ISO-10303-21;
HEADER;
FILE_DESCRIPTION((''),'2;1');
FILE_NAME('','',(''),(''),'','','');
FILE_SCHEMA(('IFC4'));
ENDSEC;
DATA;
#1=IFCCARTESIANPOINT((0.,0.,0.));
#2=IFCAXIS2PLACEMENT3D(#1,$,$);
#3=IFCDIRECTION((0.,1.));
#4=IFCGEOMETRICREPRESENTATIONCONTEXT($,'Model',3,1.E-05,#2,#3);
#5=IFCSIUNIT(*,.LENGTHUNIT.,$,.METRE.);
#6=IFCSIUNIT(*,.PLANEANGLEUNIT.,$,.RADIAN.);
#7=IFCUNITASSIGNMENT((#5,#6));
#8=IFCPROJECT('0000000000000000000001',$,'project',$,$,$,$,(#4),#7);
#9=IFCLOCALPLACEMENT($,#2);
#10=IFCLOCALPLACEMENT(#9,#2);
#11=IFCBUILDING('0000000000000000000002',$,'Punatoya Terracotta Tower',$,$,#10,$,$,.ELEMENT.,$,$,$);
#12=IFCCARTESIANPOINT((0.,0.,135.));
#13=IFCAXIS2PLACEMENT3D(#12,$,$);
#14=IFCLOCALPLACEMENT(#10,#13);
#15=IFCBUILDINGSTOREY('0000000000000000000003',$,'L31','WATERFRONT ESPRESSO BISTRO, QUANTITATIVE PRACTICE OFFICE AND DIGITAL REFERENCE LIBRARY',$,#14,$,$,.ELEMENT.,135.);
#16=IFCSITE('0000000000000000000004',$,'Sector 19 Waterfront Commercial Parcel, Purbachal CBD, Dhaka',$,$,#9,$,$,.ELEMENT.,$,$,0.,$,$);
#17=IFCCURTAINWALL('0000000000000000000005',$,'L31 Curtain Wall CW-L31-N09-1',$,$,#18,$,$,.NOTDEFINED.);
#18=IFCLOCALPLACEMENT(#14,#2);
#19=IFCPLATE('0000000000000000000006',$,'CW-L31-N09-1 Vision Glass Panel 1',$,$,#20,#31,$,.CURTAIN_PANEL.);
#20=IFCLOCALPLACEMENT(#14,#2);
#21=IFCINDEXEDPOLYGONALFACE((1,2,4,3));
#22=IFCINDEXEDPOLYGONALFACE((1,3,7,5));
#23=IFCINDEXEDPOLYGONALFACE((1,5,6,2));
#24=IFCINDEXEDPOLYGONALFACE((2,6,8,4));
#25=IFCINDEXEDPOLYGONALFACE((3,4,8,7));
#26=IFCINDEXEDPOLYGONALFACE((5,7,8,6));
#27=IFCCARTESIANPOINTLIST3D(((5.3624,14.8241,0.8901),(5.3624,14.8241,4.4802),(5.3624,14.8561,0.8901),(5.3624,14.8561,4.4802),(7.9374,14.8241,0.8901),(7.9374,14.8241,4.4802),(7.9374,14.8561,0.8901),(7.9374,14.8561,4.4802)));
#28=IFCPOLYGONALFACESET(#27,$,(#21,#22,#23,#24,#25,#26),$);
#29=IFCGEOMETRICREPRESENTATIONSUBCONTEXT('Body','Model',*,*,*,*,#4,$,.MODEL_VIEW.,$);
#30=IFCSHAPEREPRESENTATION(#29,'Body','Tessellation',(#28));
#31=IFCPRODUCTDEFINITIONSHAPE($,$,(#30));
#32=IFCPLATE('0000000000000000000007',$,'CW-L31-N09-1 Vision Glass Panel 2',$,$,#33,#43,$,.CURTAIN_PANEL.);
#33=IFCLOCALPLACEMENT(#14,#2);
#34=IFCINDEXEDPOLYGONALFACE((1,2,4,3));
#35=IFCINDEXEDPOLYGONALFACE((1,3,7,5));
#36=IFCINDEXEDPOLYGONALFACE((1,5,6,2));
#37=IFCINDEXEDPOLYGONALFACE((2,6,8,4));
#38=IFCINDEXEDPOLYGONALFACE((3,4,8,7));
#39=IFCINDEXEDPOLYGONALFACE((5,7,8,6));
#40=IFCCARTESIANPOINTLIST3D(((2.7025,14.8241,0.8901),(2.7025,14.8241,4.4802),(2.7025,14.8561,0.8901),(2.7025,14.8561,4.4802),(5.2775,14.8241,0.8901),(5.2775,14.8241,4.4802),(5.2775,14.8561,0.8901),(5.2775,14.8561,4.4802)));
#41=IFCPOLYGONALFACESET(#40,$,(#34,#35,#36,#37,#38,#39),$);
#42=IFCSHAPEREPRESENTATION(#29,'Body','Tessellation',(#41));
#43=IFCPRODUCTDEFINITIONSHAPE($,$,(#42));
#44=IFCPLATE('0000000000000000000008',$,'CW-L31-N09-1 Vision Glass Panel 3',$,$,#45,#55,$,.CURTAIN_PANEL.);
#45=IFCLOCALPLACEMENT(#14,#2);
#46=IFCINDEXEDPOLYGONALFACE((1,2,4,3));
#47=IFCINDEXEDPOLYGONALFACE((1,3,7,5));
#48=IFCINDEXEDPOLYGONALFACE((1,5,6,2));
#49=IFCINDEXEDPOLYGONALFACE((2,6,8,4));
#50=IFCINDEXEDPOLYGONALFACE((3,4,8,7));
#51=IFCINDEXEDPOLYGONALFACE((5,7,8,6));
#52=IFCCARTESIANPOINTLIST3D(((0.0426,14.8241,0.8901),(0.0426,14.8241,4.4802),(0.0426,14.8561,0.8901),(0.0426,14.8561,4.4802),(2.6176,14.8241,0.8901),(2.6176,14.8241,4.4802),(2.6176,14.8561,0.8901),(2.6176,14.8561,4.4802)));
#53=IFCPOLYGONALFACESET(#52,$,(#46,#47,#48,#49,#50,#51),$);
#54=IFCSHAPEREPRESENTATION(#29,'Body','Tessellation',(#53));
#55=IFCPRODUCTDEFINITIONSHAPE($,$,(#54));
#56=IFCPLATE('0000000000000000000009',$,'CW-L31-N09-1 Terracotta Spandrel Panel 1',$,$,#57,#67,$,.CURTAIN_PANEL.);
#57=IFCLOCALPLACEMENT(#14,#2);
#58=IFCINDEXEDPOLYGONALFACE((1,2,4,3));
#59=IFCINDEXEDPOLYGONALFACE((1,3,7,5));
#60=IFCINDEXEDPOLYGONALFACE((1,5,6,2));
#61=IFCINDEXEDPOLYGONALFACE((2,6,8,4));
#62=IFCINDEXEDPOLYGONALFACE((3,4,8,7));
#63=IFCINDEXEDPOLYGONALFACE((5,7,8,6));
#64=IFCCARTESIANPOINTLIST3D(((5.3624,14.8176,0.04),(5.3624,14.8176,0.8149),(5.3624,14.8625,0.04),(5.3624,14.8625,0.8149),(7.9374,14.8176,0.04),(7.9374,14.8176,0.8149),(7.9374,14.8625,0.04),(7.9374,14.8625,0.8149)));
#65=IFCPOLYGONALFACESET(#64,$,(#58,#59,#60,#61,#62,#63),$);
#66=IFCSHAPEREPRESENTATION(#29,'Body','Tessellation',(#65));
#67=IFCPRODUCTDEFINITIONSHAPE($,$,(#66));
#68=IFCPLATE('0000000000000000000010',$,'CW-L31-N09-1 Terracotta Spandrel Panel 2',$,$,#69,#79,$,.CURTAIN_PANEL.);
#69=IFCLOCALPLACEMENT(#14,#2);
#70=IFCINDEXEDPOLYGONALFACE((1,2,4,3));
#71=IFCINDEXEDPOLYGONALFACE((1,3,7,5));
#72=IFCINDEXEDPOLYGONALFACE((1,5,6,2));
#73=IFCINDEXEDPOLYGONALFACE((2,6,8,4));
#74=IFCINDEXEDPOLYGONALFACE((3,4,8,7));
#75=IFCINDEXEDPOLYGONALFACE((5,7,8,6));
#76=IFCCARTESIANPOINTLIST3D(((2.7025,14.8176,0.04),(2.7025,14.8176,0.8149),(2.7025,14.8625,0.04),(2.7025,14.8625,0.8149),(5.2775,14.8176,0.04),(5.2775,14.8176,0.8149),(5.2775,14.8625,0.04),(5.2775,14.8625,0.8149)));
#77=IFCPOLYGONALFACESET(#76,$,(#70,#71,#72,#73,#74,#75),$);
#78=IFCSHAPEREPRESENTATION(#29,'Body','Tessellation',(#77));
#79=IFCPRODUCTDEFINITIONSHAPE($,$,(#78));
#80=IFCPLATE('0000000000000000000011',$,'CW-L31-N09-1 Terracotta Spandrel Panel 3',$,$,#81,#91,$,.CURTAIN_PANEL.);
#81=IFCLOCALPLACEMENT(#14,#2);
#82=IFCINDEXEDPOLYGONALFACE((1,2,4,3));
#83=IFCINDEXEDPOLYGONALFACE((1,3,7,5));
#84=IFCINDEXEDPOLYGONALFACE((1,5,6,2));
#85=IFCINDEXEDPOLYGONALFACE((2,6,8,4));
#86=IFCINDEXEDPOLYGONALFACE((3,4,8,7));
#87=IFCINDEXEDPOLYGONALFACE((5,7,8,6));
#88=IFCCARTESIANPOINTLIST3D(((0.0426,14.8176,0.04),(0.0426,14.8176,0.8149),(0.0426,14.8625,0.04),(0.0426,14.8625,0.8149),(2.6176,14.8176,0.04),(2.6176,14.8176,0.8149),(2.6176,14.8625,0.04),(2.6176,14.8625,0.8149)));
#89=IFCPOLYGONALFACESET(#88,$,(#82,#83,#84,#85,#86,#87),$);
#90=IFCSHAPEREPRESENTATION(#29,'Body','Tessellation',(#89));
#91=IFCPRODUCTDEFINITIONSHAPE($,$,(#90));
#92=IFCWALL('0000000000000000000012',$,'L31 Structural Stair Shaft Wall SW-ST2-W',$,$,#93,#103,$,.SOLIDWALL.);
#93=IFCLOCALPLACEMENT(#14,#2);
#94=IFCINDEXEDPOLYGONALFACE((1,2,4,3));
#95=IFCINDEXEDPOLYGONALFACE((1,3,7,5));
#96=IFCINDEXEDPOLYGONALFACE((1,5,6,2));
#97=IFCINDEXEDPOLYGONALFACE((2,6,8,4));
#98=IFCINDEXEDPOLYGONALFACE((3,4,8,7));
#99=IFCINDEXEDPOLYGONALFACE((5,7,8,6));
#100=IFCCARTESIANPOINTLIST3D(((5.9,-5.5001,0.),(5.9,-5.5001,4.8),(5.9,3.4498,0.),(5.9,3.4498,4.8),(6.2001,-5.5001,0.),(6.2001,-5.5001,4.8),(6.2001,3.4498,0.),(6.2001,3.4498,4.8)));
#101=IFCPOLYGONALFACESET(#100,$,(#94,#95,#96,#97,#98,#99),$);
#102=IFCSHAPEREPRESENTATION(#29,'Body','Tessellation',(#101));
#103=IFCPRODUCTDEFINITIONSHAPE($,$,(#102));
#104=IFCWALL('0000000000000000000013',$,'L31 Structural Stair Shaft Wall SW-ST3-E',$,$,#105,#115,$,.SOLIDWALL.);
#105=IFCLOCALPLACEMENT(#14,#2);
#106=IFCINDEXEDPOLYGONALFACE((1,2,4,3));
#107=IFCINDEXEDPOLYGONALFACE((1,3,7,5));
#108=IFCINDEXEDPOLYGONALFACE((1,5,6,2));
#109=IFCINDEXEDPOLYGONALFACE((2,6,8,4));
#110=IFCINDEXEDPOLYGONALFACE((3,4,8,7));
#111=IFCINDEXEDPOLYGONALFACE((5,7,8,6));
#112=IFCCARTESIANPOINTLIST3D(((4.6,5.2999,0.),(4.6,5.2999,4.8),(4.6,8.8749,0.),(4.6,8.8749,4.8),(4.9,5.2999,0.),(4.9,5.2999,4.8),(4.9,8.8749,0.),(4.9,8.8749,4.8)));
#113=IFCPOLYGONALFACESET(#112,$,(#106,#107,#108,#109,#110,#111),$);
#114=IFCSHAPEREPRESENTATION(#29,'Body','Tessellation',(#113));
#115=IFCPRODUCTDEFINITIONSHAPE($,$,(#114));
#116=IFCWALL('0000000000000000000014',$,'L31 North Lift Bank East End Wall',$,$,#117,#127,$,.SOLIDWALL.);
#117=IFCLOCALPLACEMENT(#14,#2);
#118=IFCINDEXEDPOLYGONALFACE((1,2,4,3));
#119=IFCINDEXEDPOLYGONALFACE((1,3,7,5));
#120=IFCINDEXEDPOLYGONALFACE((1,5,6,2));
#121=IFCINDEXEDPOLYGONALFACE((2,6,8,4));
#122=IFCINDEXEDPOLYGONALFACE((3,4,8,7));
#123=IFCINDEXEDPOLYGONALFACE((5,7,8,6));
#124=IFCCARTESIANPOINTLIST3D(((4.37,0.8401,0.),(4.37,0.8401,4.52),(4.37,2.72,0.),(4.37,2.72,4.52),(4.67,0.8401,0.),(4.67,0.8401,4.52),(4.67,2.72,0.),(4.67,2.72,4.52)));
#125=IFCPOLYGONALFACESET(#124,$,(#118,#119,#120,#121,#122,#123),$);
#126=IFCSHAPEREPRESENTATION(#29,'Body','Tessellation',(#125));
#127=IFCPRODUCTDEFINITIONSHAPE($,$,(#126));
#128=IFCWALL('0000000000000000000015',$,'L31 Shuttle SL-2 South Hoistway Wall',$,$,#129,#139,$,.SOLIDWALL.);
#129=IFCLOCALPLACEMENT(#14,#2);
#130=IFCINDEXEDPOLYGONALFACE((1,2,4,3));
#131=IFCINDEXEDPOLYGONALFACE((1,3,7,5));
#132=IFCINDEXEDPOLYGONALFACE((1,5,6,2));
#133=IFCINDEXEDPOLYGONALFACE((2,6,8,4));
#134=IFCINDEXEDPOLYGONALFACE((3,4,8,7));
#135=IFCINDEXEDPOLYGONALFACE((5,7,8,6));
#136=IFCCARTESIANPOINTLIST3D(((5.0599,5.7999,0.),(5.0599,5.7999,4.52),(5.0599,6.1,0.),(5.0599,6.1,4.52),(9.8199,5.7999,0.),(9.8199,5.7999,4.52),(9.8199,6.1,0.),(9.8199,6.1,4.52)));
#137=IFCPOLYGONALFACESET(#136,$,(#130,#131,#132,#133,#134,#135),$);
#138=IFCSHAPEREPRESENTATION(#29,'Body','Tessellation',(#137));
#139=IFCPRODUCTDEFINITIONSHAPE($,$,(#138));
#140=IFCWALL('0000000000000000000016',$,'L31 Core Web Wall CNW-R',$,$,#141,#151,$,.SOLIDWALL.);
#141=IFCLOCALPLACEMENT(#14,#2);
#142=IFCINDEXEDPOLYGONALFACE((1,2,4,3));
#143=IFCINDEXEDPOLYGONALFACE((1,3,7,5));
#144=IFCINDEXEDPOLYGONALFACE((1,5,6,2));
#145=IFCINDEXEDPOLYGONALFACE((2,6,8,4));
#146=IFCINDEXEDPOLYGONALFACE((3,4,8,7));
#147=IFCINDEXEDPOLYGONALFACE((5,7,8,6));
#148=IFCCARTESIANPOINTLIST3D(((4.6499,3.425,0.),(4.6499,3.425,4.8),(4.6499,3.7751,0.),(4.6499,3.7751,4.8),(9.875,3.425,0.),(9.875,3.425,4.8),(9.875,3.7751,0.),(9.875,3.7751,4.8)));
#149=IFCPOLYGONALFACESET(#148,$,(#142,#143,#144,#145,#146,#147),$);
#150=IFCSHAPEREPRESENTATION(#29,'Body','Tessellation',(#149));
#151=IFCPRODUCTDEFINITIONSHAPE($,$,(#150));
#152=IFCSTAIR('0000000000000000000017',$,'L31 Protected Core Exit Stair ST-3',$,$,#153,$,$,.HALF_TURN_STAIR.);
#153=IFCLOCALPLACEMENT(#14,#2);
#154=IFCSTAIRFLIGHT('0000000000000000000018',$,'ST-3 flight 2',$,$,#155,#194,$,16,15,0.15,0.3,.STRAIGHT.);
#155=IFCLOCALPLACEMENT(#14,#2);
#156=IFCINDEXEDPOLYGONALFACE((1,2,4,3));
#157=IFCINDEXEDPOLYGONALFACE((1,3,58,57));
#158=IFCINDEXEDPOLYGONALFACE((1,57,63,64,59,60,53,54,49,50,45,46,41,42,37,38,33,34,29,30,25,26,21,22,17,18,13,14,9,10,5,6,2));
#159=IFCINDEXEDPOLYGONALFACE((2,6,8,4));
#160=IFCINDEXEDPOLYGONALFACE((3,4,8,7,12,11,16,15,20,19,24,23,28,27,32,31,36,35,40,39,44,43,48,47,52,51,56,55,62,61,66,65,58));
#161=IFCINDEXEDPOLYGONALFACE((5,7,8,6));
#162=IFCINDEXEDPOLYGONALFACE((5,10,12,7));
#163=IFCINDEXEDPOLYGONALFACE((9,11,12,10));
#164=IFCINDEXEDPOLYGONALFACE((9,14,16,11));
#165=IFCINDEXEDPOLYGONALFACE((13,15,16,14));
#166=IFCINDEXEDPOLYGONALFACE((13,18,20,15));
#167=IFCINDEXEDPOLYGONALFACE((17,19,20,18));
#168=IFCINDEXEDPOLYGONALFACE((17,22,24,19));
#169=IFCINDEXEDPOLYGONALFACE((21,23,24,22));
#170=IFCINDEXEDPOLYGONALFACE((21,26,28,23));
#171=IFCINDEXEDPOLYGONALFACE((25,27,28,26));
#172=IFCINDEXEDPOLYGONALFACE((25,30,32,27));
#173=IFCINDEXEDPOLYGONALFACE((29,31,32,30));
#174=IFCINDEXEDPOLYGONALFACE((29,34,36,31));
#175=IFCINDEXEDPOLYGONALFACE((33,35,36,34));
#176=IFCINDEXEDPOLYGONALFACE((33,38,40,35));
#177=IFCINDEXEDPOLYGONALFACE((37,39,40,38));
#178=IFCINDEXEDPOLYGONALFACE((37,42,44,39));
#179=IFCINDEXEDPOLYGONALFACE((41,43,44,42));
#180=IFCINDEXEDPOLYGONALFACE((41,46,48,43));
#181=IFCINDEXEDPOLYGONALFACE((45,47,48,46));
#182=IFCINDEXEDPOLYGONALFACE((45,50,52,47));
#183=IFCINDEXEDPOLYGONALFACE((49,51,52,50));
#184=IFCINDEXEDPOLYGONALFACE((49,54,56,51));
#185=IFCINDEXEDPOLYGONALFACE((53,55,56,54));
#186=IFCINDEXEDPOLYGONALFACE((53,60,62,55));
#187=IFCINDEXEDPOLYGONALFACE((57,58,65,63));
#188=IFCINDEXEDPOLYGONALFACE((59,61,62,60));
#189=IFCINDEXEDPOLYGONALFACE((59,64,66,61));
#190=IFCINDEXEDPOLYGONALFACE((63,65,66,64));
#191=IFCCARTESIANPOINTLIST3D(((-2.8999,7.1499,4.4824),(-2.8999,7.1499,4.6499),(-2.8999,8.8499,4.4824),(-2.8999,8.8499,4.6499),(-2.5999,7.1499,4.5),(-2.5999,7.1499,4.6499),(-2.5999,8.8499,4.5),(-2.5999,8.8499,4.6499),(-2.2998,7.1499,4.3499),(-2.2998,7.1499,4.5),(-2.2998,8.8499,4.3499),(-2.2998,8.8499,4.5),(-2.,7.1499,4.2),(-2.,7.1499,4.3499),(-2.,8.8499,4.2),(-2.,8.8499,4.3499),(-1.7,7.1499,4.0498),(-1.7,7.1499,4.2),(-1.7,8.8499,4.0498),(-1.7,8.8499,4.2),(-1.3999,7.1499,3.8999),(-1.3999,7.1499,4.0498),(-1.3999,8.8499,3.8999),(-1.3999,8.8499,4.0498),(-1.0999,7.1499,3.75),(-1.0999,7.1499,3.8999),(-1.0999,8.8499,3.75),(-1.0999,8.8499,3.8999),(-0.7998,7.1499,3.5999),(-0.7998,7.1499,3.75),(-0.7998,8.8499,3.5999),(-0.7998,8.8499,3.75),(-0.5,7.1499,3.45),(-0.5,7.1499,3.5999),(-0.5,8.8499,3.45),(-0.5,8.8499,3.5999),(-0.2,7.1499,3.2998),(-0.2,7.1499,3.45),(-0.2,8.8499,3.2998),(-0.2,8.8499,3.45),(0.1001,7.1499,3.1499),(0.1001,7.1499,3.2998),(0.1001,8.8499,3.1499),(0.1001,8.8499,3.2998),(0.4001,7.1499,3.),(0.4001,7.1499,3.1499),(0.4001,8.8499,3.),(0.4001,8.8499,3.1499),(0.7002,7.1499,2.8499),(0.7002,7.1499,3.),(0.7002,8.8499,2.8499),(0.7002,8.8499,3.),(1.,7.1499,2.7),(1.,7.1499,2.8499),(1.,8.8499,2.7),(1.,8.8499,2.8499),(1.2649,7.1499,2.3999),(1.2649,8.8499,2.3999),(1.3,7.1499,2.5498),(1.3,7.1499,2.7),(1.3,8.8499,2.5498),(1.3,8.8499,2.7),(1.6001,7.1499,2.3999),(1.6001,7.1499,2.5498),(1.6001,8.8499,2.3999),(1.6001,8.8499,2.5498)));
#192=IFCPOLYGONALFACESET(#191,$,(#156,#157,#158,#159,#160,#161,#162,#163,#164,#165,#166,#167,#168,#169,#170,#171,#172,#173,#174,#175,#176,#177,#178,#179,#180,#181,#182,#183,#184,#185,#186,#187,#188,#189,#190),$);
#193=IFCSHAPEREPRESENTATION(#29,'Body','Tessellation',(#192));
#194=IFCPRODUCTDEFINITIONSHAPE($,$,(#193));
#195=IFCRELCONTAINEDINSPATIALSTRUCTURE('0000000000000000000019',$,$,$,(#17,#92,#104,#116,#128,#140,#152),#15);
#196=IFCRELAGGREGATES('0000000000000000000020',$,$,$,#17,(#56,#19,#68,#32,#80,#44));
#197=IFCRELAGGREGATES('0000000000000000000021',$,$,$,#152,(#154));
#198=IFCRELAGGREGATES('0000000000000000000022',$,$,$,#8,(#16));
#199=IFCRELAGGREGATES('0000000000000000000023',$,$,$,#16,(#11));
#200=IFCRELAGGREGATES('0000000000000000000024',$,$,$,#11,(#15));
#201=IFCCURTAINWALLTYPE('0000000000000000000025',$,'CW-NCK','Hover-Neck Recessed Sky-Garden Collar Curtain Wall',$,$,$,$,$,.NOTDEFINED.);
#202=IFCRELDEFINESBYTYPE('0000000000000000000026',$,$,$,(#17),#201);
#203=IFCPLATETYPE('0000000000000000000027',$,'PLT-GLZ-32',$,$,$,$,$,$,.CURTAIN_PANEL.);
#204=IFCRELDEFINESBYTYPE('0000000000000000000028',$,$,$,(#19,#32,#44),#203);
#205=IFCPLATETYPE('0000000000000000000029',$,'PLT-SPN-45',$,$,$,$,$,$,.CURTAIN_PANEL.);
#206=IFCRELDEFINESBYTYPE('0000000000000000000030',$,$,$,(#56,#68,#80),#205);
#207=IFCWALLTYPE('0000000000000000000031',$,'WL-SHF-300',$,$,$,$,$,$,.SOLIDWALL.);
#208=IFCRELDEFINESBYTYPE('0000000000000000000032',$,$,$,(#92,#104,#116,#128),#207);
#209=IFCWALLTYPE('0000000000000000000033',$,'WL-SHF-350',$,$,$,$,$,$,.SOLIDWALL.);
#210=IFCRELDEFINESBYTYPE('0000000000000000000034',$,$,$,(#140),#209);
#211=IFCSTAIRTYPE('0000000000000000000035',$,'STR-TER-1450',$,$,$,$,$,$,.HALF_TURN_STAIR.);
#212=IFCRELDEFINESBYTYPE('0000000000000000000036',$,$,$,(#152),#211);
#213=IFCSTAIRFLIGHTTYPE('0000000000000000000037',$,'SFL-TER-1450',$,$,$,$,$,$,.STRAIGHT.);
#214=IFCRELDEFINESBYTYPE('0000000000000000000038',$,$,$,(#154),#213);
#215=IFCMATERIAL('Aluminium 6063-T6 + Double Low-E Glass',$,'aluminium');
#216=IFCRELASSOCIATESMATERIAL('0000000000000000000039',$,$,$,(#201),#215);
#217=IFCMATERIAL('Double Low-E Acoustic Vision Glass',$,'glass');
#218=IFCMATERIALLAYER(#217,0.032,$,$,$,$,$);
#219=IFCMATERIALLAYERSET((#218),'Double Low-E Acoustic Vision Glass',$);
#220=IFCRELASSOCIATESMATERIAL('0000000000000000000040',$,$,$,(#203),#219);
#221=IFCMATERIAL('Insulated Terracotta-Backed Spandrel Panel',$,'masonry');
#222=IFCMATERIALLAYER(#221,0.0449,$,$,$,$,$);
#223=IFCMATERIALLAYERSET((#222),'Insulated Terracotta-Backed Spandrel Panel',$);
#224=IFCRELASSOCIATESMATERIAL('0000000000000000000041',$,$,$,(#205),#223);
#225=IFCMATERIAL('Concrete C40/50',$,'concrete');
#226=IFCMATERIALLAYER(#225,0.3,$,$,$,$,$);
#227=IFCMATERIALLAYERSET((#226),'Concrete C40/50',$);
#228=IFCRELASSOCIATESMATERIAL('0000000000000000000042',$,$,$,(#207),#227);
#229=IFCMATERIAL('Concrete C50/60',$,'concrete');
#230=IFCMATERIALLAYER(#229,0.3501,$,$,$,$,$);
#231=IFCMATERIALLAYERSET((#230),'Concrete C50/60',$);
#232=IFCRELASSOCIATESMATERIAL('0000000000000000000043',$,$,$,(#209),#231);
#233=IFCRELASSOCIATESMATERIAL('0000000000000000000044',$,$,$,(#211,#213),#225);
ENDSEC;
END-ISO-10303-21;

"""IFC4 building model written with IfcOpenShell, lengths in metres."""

from ifc_helpers import new_model, si_unit, direction, frame, frame_2d, origin, origin_2d, place, context, subcontext, project, spatial, polyline, rectangle, outline, extrude, material, layer, layer_set, type_object, element, aggregate, save


model = new_model("IFC4")

# Units and contexts
model_context = context("Model", 3, precision=1e-05, world=origin(), true_north=direction((0.0, 1.0)))
body_context = subcontext(model_context, "Body", "Model", "MODEL_VIEW")
ifc_project = project(units=[si_unit("LENGTHUNIT", "METRE"), si_unit("PLANEANGLEUNIT", "RADIAN")], contexts=[model_context])

# Site, building, storey
site_placement = place(None, origin())
site = spatial("IfcSite", under=ifc_project, at=site_placement, Name="Sector 19 Waterfront Commercial Parcel, Purbachal CBD, Dhaka", CompositionType="ELEMENT", RefElevation=0.0)
building_placement = place(site_placement, origin())
building = spatial("IfcBuilding", under=site, at=building_placement, Name="Punatoya Terracotta Tower", CompositionType="ELEMENT")
storey_placement = place(building_placement, frame((0.0, 0.0, 135.0)))
storey = spatial("IfcBuildingStorey", under=building, at=storey_placement, Name="L31", Description="WATERFRONT ESPRESSO BISTRO, QUANTITATIVE PRACTICE OFFICE AND DIGITAL REFERENCE LIBRARY", CompositionType="ELEMENT", Elevation=135.0)

# Curtain wall, plates
ifc_material_1 = material(Name="Aluminium 6063-T6 + Double Low-E Glass", Category="aluminium")
curtain_wall_type = type_object("IfcCurtainWallType", Name="CW-NCK", Description="Hover-Neck Recessed Sky-Garden Collar Curtain Wall", PredefinedType="NOTDEFINED", material=ifc_material_1)
curtain_wall_placement = place(storey_placement, origin())
curtain_wall = element("IfcCurtainWall", 1, at=curtain_wall_placement, inside=storey, type_object=curtain_wall_type, Name="L31 Curtain Wall CW-L31-N09-1", PredefinedType="NOTDEFINED")
ifc_material_2 = material(Name="Double Low-E Acoustic Vision Glass", Category="glass")
ifc_layer_1 = layer(ifc_material_2, 0.032)
ifc_layer_set_1 = layer_set([ifc_layer_1], Name="Double Low-E Acoustic Vision Glass")
plate_type_1 = type_object("IfcPlateType", Name="PLT-GLZ-32", PredefinedType="CURTAIN_PANEL", material=ifc_layer_set_1)
plate_1_placement = place(storey_placement, frame((6.6499, 14.8401, 0.8901), z_axis=(0.0, 0.0, 1.0), x_axis=(-1.0, 0.0, 0.0)))
plate_1 = element("IfcPlate", 2, at=plate_1_placement, type_object=plate_type_1, Name="CW-L31-N09-1 Vision Glass Panel 1", PredefinedType="CURTAIN_PANEL", context=body_context, shape_type="SweptSolid", body=[
    extrude(rectangle(XDim=2.575, YDim=0.032, at=origin_2d()), origin(), (0.0, 0.0, 1.0), 3.5901),
])
plate_2_placement = place(storey_placement, frame((3.99, 14.8401, 0.8901), z_axis=(0.0, 0.0, 1.0), x_axis=(-1.0, 0.0, 0.0)))
plate_2 = element("IfcPlate", 3, at=plate_2_placement, type_object=plate_type_1, Name="CW-L31-N09-1 Vision Glass Panel 2", PredefinedType="CURTAIN_PANEL", context=body_context, shape_type="SweptSolid", body=[
    extrude(rectangle(XDim=2.575, YDim=0.032, at=origin_2d()), origin(), (0.0, 0.0, 1.0), 3.5901),
])
plate_3_placement = place(storey_placement, frame((1.3301, 14.8401, 0.8901), z_axis=(0.0, 0.0, 1.0), x_axis=(-1.0, 0.0, 0.0)))
plate_3 = element("IfcPlate", 4, at=plate_3_placement, type_object=plate_type_1, Name="CW-L31-N09-1 Vision Glass Panel 3", PredefinedType="CURTAIN_PANEL", context=body_context, shape_type="SweptSolid", body=[
    extrude(rectangle(XDim=2.575, YDim=0.032, at=origin_2d()), origin(), (0.0, 0.0, 1.0), 3.5901),
])
ifc_material_3 = material(Name="Insulated Terracotta-Backed Spandrel Panel", Category="masonry")
ifc_layer_2 = layer(ifc_material_3, 0.0449)
ifc_layer_set_2 = layer_set([ifc_layer_2], Name="Insulated Terracotta-Backed Spandrel Panel")
plate_type_2 = type_object("IfcPlateType", Name="PLT-SPN-45", PredefinedType="CURTAIN_PANEL", material=ifc_layer_set_2)
plate_4_placement = place(storey_placement, frame((6.6499, 14.8401, 0.04), z_axis=(0.0, 0.0, 1.0), x_axis=(-1.0, 0.0, 0.0)))
plate_4 = element("IfcPlate", 5, at=plate_4_placement, type_object=plate_type_2, Name="CW-L31-N09-1 Terracotta Spandrel Panel 1", PredefinedType="CURTAIN_PANEL", context=body_context, shape_type="SweptSolid", body=[
    extrude(rectangle(XDim=2.575, YDim=0.0449, at=origin_2d()), origin(), (0.0, 0.0, 1.0), 0.7749),
])
plate_5_placement = place(storey_placement, frame((3.99, 14.8401, 0.04), z_axis=(0.0, 0.0, 1.0), x_axis=(-1.0, 0.0, 0.0)))
plate_5 = element("IfcPlate", 6, at=plate_5_placement, type_object=plate_type_2, Name="CW-L31-N09-1 Terracotta Spandrel Panel 2", PredefinedType="CURTAIN_PANEL", context=body_context, shape_type="SweptSolid", body=[
    extrude(rectangle(XDim=2.575, YDim=0.0449, at=origin_2d()), origin(), (0.0, 0.0, 1.0), 0.7749),
])
plate_6_placement = place(storey_placement, frame((1.3301, 14.8401, 0.04), z_axis=(0.0, 0.0, 1.0), x_axis=(-1.0, 0.0, 0.0)))
plate_6 = element("IfcPlate", 7, at=plate_6_placement, type_object=plate_type_2, Name="CW-L31-N09-1 Terracotta Spandrel Panel 3", PredefinedType="CURTAIN_PANEL", context=body_context, shape_type="SweptSolid", body=[
    extrude(rectangle(XDim=2.575, YDim=0.0449, at=origin_2d()), origin(), (0.0, 0.0, 1.0), 0.7749),
])
aggregate(curtain_wall, [plate_4, plate_1, plate_5, plate_2, plate_6, plate_3])

# Walls
ifc_material_4 = material(Name="Concrete C40/50", Category="concrete")
ifc_layer_3 = layer(ifc_material_4, 0.3)
ifc_layer_set_3 = layer_set([ifc_layer_3], Name="Concrete C40/50")
wall_type_1 = type_object("IfcWallType", Name="WL-SHF-300", PredefinedType="SOLIDWALL", material=ifc_layer_set_3)
wall_1_placement = place(storey_placement, frame((6.05, 3.45, 0.0), z_axis=(0.0, 0.0, 1.0), x_axis=(0.0, -1.0, 0.0)))
element("IfcWall", 8, at=wall_1_placement, inside=storey, type_object=wall_type_1, Name="L31 Structural Stair Shaft Wall SW-ST2-W", PredefinedType="SOLIDWALL", context=body_context, shape_type="SweptSolid", body=[
    extrude(rectangle(XDim=8.95, YDim=0.3, at=frame_2d((4.4751, 0.0))), origin(), (0.0, 0.0, 1.0), 4.8),
])
wall_2_placement = place(storey_placement, frame((4.75, 8.875, 0.0), z_axis=(0.0, 0.0, 1.0), x_axis=(0.0, -1.0, 0.0)))
element("IfcWall", 9, at=wall_2_placement, inside=storey, type_object=wall_type_1, Name="L31 Structural Stair Shaft Wall SW-ST3-E", PredefinedType="SOLIDWALL", context=body_context, shape_type="SweptSolid", body=[
    extrude(rectangle(XDim=3.575, YDim=0.3, at=frame_2d((1.7876, 0.0))), origin(), (0.0, 0.0, 1.0), 4.8),
])
wall_3_placement = place(storey_placement, frame((4.52, 0.8401, 0.0), z_axis=(0.0, 0.0, 1.0), x_axis=(0.0, 1.0, 0.0)))
element("IfcWall", 10, at=wall_3_placement, inside=storey, type_object=wall_type_1, Name="L31 North Lift Bank East End Wall", PredefinedType="SOLIDWALL", context=body_context, shape_type="SweptSolid", body=[
    extrude(rectangle(XDim=1.8799, YDim=0.3, at=frame_2d((0.9399, 0.0))), origin(), (0.0, 0.0, 1.0), 4.52),
])
wall_4_placement = place(storey_placement, frame((5.0601, 5.95, 0.0), z_axis=(0.0, 0.0, 1.0), x_axis=(1.0, 0.0, 0.0)))
element("IfcWall", 11, at=wall_4_placement, inside=storey, type_object=wall_type_1, Name="L31 Shuttle SL-2 South Hoistway Wall", PredefinedType="SOLIDWALL", context=body_context, shape_type="SweptSolid", body=[
    extrude(rectangle(XDim=4.76, YDim=0.3, at=frame_2d((2.3799, 0.0))), origin(), (0.0, 0.0, 1.0), 4.52),
])
ifc_material_5 = material(Name="Concrete C50/60", Category="concrete")
ifc_layer_4 = layer(ifc_material_5, 0.3501)
ifc_layer_set_4 = layer_set([ifc_layer_4], Name="Concrete C50/60")
wall_type_2 = type_object("IfcWallType", Name="WL-SHF-350", PredefinedType="SOLIDWALL", material=ifc_layer_set_4)
wall_5_placement = place(storey_placement, frame((4.6499, 3.6001, 0.0), z_axis=(0.0, 0.0, 1.0), x_axis=(1.0, 0.0, 0.0)))
element("IfcWall", 12, at=wall_5_placement, inside=storey, type_object=wall_type_2, Name="L31 Core Web Wall CNW-R", PredefinedType="SOLIDWALL", context=body_context, shape_type="SweptSolid", body=[
    extrude(rectangle(XDim=5.2251, YDim=0.3501, at=frame_2d((2.6125, 0.0))), origin(), (0.0, 0.0, 1.0), 4.8),
])

# Stair, stair flight
stair_type = type_object("IfcStairType", Name="STR-TER-1450", PredefinedType="HALF_TURN_STAIR", material=ifc_material_4)
stair_placement = place(storey_placement, origin())
stair = element("IfcStair", 13, at=stair_placement, inside=storey, type_object=stair_type, Name="L31 Protected Core Exit Stair ST-3", PredefinedType="HALF_TURN_STAIR")
stair_flight_type = type_object("IfcStairFlightType", Name="SFL-TER-1450", PredefinedType="STRAIGHT", material=ifc_material_4)
stair_flight_placement = place(storey_placement, frame((1.6001, 8.0, 2.3999), z_axis=(0.0, 0.0, 1.0), x_axis=(-1.0, 0.0, 0.0)))
stair_flight = element("IfcStairFlight", 14, at=stair_flight_placement, type_object=stair_flight_type, Name="ST-3 flight 2", NumberOfRisers=16, NumberOfTreads=15, PredefinedType="STRAIGHT", RiserHeight=0.15, TreadLength=0.3, context=body_context, shape_type="SweptSolid", body=[
    extrude(outline(polyline([(0.0, 0.0), (0.0, 0.1499), (0.3, 0.1499), (0.3, 0.3), (0.6001, 0.3), (0.6001, 0.45), (0.8999, 0.45), (0.8999, 0.6001), (1.2, 0.6001), (1.2, 0.75), (1.5, 0.75), (1.5, 0.8999), (1.8, 0.8999), (1.8, 1.05), (2.1001, 1.05), (2.1001, 1.2), (2.3999, 1.2), (2.3999, 1.3501), (2.7, 1.3501), (2.7, 1.5), (3.0, 1.5), (3.0, 1.6499), (3.3, 1.6499), (3.3, 1.8), (3.6001, 1.8), (3.6001, 1.95), (3.8999, 1.95), (3.8999, 2.1001), (4.2, 2.1001), (4.2, 2.25), (4.5, 2.25), (4.5, 2.3999), (4.5, 2.0825), (0.3352, 0.0), (0.0, 0.0)])), frame((0.0, 0.8501, 0.0), z_axis=(0.0, -1.0, 0.0), x_axis=(1.0, 0.0, 0.0)), (0.0, 0.0, 1.0), 1.7),
])
aggregate(stair, [stair_flight])

save(model, "model.ifc")
